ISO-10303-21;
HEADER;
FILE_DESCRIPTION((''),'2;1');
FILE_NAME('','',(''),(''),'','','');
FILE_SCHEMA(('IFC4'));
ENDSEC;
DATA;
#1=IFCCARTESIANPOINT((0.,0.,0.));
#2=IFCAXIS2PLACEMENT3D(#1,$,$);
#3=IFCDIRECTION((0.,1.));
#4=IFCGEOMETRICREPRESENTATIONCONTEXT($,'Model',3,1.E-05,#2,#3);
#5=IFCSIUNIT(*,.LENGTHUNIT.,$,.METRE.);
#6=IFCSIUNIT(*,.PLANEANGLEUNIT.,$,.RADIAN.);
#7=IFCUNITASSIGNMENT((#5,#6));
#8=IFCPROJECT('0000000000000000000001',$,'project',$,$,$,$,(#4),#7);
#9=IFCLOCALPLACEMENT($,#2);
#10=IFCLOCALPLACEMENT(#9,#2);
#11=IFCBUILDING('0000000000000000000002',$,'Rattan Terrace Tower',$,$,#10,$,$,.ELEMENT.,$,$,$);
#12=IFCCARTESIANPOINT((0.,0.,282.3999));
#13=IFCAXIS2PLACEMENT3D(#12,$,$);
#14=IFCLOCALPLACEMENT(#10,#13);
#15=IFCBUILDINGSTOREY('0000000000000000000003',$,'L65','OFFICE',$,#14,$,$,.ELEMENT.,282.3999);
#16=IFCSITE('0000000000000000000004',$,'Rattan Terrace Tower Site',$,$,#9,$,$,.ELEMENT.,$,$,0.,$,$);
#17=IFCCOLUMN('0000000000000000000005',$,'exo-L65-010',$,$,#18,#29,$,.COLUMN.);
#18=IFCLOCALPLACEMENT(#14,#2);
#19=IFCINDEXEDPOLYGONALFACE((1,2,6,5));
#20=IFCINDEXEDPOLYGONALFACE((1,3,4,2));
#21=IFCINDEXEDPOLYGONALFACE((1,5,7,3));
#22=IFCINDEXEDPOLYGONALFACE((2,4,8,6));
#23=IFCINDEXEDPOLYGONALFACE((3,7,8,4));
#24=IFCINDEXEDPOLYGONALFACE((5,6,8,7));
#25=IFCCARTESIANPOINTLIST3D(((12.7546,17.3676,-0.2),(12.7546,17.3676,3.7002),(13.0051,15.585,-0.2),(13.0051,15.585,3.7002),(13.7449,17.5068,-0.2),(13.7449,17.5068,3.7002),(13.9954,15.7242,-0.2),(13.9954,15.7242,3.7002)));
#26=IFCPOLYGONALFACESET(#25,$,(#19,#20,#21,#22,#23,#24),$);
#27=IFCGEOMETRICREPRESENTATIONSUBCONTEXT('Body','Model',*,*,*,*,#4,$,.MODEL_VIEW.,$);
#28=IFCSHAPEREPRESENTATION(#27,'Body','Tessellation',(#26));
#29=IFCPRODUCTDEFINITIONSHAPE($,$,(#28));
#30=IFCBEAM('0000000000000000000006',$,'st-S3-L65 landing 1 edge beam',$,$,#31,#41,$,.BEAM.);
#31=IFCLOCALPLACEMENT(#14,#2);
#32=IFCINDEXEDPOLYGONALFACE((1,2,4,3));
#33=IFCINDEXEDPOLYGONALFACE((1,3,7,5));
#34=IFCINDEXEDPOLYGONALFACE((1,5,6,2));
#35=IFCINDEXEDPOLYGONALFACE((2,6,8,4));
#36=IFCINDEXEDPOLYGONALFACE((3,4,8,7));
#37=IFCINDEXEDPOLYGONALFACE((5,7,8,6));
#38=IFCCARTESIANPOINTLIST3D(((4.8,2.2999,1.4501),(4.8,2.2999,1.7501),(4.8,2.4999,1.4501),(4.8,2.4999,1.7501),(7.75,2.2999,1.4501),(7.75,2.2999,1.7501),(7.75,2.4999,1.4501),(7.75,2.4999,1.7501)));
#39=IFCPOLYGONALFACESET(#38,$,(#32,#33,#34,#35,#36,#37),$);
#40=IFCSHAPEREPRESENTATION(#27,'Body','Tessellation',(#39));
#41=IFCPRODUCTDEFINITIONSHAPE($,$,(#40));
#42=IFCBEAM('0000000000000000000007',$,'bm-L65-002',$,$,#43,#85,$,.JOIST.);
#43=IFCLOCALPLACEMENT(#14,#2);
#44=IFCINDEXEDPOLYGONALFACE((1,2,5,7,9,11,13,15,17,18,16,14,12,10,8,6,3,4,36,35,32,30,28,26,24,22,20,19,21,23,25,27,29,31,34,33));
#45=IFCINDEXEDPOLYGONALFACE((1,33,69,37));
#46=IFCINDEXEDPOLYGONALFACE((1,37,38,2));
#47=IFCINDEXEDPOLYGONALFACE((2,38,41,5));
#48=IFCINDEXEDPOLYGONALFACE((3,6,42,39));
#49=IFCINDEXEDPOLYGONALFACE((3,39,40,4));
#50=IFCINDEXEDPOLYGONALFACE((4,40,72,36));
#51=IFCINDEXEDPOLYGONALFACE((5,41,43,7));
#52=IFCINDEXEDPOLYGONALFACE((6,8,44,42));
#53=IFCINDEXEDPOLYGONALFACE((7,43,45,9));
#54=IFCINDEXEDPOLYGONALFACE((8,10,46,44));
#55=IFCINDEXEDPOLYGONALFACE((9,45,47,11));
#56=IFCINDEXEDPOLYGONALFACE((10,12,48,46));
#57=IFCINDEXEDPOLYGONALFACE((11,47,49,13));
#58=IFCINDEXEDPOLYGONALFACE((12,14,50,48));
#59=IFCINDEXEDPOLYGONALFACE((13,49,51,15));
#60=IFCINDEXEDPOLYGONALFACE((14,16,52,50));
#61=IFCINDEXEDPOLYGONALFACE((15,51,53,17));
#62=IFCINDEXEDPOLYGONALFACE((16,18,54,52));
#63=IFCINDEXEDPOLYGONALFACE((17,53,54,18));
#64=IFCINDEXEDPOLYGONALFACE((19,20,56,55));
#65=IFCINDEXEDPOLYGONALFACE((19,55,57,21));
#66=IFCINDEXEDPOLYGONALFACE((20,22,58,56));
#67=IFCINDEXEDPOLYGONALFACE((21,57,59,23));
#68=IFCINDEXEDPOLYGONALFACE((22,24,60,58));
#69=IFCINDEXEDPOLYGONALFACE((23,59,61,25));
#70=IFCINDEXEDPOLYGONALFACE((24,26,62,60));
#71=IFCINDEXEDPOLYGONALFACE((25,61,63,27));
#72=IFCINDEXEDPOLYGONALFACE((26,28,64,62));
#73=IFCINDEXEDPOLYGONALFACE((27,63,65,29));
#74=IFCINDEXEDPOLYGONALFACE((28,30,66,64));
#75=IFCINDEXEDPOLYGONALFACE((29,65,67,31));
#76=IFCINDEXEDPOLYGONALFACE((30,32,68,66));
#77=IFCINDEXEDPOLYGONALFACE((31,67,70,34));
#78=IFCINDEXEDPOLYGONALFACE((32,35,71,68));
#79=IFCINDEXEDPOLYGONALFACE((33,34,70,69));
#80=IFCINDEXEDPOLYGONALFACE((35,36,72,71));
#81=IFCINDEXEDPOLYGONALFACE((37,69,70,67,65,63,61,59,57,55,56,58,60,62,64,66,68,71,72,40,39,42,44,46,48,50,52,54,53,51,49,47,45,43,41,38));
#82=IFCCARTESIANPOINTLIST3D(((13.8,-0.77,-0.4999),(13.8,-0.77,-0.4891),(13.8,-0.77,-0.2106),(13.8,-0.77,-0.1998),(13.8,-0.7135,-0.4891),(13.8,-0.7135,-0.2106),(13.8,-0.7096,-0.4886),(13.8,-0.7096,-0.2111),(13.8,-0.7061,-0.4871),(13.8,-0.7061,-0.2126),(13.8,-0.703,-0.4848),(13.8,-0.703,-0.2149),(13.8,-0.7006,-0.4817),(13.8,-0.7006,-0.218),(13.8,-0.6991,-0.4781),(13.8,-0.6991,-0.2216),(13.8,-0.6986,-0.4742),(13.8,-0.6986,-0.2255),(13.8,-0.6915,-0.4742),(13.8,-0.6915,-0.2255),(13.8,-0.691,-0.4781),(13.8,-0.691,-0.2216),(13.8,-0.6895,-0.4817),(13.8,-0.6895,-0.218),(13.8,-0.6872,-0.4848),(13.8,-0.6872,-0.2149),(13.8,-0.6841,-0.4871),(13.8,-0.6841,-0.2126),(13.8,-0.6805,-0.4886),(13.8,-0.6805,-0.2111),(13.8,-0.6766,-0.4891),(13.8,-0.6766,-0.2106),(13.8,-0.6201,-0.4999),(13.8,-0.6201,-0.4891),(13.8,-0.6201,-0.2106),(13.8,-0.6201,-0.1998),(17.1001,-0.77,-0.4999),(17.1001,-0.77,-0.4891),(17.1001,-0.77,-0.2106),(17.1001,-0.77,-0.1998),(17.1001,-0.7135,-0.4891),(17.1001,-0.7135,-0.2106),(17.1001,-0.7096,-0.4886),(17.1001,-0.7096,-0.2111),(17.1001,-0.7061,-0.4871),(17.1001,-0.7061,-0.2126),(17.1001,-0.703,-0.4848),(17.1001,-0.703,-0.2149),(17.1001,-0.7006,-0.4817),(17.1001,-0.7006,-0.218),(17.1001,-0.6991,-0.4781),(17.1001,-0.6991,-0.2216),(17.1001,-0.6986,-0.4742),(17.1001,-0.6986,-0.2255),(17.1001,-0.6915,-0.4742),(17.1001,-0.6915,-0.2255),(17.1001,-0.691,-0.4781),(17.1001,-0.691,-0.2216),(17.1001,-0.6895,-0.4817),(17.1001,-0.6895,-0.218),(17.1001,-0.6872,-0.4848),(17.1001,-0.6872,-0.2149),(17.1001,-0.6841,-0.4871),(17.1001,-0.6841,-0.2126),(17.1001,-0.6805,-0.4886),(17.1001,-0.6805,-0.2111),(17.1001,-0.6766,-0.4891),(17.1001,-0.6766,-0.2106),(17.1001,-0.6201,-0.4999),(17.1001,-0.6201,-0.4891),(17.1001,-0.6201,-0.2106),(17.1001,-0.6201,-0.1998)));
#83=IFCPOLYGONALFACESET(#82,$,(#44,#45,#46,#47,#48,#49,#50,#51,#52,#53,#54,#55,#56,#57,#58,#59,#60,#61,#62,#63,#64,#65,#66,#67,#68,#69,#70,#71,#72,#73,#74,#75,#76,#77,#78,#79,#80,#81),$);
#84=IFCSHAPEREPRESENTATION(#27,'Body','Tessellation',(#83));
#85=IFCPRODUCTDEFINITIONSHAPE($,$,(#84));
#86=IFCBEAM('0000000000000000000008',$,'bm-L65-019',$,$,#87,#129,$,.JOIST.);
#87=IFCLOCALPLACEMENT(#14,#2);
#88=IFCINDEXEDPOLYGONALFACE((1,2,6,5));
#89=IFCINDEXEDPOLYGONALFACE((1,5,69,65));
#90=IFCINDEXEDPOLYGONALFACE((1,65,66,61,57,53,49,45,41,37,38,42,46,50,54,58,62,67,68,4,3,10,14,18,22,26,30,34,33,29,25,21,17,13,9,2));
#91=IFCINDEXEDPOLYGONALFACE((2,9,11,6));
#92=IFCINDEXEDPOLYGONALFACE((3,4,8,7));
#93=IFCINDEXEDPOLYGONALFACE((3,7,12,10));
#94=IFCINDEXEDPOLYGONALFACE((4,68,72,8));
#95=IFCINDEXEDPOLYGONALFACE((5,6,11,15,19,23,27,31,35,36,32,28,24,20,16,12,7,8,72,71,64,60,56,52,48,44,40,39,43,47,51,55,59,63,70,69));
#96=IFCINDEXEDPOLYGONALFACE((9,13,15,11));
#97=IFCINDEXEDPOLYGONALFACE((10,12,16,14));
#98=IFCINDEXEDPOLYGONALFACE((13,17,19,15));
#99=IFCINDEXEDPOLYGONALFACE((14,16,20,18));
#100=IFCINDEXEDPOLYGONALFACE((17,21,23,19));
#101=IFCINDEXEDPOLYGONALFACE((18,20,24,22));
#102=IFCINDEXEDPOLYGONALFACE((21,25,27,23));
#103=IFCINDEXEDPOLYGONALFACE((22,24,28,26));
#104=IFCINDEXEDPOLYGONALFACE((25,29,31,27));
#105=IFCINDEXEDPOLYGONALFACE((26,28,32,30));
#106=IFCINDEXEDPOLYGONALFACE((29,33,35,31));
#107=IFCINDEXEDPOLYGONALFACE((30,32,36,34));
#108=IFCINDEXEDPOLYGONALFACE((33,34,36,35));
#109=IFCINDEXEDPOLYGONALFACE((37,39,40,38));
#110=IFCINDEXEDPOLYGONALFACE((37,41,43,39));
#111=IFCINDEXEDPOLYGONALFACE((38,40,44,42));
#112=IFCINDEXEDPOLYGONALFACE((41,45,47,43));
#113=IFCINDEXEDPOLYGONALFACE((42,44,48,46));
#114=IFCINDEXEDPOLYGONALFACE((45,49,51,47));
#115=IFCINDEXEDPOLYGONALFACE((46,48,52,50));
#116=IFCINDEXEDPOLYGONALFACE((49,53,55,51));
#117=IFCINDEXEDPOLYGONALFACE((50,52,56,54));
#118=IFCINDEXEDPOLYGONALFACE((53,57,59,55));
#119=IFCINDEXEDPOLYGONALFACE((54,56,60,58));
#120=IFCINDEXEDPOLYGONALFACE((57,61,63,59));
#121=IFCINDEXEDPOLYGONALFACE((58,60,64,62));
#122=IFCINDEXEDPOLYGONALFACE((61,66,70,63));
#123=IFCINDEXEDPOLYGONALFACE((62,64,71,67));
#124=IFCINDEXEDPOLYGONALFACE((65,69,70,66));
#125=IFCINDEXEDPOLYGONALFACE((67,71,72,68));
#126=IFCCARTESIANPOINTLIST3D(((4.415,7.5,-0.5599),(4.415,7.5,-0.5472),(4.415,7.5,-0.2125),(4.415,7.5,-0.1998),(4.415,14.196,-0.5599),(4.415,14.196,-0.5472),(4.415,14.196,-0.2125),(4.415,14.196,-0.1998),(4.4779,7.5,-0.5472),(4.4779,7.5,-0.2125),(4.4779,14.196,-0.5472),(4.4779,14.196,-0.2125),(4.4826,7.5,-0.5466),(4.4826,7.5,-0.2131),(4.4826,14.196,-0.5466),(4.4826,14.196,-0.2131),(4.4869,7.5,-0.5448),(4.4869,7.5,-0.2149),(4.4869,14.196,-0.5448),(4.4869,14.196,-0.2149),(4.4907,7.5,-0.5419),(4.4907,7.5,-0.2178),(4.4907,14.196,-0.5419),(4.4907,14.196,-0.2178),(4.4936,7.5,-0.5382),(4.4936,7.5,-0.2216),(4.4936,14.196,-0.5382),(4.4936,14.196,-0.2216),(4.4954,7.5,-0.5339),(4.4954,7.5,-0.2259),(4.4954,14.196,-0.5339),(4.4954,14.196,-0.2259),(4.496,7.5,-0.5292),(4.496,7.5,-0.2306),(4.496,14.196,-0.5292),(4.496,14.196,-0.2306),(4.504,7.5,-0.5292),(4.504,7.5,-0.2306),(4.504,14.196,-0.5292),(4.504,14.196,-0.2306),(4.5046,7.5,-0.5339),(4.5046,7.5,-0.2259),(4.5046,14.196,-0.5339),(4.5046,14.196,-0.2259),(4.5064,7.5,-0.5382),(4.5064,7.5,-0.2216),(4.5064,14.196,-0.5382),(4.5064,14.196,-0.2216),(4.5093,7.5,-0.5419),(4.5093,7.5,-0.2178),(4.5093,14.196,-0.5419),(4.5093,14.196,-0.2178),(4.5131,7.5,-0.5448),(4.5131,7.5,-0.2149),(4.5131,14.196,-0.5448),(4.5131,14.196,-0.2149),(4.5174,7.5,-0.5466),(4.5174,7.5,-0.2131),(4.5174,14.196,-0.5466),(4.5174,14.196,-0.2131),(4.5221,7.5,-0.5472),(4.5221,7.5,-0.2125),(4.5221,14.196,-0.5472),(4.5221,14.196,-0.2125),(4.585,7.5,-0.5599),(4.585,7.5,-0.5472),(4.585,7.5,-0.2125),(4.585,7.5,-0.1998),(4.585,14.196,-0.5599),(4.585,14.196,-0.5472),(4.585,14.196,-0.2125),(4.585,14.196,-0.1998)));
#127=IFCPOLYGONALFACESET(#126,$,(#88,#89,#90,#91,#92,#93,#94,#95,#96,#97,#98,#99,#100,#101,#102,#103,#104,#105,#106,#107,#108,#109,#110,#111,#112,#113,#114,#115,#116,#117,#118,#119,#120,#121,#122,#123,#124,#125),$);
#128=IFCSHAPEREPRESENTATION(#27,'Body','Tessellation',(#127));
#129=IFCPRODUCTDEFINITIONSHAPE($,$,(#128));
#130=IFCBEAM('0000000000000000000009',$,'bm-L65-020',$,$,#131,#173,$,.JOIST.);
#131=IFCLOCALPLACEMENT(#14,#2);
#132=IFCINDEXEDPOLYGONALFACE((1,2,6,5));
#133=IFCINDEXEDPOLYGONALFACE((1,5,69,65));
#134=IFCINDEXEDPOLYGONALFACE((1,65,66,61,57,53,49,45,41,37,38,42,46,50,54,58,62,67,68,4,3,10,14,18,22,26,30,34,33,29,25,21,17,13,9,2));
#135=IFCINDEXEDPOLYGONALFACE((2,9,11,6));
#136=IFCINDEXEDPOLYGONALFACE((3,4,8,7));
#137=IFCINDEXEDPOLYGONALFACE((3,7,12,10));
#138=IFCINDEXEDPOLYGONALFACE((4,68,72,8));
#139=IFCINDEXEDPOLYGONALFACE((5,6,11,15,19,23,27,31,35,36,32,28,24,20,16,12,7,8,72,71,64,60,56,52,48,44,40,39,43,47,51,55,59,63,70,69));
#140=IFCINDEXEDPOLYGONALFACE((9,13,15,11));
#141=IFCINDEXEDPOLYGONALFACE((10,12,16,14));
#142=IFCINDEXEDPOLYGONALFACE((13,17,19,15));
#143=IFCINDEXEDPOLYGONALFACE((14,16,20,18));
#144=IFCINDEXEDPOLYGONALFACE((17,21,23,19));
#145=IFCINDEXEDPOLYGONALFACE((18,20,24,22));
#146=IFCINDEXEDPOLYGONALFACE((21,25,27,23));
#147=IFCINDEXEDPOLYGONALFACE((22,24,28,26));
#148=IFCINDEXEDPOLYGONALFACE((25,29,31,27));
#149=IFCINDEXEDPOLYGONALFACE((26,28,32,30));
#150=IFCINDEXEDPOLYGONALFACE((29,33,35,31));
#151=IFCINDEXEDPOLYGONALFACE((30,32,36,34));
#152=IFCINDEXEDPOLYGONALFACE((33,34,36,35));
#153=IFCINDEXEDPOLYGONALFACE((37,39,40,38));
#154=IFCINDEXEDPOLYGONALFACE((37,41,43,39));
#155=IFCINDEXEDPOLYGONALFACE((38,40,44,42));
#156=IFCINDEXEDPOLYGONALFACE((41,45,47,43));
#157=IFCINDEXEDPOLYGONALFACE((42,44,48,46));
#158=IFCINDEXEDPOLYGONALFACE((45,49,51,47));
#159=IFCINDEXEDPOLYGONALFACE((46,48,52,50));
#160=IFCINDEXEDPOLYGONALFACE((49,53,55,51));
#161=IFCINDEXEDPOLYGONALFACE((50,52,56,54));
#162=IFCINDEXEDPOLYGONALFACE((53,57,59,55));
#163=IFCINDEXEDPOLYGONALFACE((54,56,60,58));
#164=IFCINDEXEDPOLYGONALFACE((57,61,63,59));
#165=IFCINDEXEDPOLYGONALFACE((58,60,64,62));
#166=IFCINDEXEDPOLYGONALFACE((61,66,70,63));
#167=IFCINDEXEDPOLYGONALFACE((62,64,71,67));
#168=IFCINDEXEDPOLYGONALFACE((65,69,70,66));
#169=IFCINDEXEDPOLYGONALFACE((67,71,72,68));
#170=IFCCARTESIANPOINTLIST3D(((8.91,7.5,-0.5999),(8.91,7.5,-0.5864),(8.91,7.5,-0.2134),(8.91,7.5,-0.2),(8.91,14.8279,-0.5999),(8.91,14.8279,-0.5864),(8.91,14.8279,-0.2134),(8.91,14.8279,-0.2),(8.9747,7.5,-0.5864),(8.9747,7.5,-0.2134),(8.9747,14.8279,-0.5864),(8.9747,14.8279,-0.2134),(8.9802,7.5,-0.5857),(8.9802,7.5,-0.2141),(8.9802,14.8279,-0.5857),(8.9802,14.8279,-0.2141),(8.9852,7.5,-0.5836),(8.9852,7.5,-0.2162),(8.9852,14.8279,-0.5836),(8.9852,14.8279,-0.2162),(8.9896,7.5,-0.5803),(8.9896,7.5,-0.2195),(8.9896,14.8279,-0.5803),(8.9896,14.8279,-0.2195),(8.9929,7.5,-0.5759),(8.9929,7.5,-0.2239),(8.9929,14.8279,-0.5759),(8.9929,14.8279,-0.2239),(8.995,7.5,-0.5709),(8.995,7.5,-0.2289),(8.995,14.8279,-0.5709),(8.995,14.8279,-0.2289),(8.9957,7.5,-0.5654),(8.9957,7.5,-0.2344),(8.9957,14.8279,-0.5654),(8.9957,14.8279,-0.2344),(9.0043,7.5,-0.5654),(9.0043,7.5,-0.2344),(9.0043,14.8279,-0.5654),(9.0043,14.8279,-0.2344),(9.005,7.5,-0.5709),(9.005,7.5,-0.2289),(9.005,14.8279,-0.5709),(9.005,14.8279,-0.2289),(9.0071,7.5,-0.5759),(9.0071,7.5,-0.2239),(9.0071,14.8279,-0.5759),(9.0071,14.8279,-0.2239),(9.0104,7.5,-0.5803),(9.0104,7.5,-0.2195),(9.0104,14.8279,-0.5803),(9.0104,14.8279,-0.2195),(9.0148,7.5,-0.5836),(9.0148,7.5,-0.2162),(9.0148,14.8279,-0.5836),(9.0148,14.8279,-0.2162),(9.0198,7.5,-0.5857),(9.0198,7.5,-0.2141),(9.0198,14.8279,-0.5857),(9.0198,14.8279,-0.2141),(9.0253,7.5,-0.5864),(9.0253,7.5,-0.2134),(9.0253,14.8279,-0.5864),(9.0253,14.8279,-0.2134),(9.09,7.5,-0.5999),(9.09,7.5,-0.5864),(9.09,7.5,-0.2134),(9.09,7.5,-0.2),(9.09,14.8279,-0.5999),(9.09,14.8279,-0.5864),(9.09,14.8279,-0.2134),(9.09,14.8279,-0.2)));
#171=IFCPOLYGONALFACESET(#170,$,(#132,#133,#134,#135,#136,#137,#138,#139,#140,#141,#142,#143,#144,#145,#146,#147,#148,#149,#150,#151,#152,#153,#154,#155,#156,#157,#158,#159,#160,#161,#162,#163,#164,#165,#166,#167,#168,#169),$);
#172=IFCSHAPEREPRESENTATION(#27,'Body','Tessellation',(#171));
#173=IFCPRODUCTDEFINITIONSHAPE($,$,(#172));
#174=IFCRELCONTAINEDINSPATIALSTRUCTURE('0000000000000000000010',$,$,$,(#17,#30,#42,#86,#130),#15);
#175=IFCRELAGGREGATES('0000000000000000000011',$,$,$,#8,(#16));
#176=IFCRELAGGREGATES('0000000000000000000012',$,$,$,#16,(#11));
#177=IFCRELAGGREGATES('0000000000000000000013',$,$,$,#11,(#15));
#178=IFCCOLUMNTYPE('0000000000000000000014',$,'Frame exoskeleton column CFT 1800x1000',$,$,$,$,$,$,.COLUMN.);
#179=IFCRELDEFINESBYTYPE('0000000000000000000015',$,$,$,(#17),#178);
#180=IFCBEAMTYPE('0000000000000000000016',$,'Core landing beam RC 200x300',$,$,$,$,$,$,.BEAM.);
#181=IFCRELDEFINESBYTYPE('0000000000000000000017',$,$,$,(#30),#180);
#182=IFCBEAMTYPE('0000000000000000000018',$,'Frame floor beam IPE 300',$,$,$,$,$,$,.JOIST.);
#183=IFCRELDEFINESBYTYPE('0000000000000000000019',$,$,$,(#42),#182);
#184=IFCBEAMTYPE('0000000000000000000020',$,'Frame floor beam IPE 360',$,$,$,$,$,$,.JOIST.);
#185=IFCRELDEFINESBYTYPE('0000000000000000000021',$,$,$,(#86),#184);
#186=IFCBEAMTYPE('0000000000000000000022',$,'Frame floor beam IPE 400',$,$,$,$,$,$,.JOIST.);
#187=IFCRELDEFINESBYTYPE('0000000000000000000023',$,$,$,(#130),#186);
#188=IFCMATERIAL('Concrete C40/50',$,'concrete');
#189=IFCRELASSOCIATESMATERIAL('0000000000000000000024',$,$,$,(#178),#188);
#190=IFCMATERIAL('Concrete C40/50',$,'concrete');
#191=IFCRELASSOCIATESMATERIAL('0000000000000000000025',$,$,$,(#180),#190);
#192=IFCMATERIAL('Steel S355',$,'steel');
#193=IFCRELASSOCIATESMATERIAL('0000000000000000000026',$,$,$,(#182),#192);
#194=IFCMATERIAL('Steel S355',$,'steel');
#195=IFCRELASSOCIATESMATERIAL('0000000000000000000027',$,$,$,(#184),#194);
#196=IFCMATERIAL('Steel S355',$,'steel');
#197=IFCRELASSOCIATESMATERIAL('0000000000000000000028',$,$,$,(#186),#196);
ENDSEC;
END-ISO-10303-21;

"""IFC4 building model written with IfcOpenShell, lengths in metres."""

from ifc_helpers import new_model, si_unit, direction, frame, origin, origin_2d, place, context, subcontext, project, spatial, rectangle, i_section, extrude, material, material_profile, profile_set, type_object, element, save


model = new_model("IFC4")

# Units and contexts
model_context = context("Model", 3, precision=1e-05, world=origin(), true_north=direction((0.0, 1.0)))
body_context = subcontext(model_context, "Body", "Model", "MODEL_VIEW")
ifc_project = project(units=[si_unit("LENGTHUNIT", "METRE"), si_unit("PLANEANGLEUNIT", "RADIAN")], contexts=[model_context])

# Site, building, storey
site_placement = place(None, origin())
site = spatial("IfcSite", under=ifc_project, at=site_placement, Name="Rattan Terrace Tower Site", CompositionType="ELEMENT", RefElevation=0.0)
building_placement = place(site_placement, origin())
building = spatial("IfcBuilding", under=site, at=building_placement, Name="Rattan Terrace Tower", CompositionType="ELEMENT")
storey_placement = place(building_placement, frame((0.0, 0.0, 282.3999)))
storey = spatial("IfcBuildingStorey", under=building, at=storey_placement, Name="L65", Description="OFFICE", CompositionType="ELEMENT", Elevation=282.3999)

# Column
ifc_material_1 = material(Name="Concrete C40/50", Category="concrete")
ifc_material_profile_1 = material_profile(ifc_material_1, rectangle(XDim=1.0, YDim=1.8, at=origin_2d()), Name="CFT 1800x1000")
ifc_profile_set_1 = profile_set([ifc_material_profile_1], Name="Concrete C40/50")
column_type = type_object("IfcColumnType", Name="Frame exoskeleton column CFT 1800x1000", PredefinedType="COLUMN", material=ifc_profile_set_1)
column_placement = place(storey_placement, frame((13.375, 16.5459, -0.2), z_axis=(0.0, 0.0, 1.0), x_axis=(0.990266, 0.13919, 0.0)))
element("IfcColumn", 1, at=column_placement, inside=storey, type_object=column_type, Name="exo-L65-010", PredefinedType="COLUMN", context=body_context, shape_type="SweptSolid", body=[
    extrude(rectangle(XDim=1.0, YDim=1.8, at=origin_2d()), origin(), (0.0, 0.0, 1.0), 3.9001),
])

# Beams
ifc_material_2 = material(Name="Concrete C40/50", Category="concrete")
ifc_material_profile_2 = material_profile(ifc_material_2, rectangle(XDim=0.2, YDim=0.3, at=origin_2d()), Name="RC 200x300")
ifc_profile_set_2 = profile_set([ifc_material_profile_2], Name="Concrete C40/50")
beam_type_1 = type_object("IfcBeamType", Name="Core landing beam RC 200x300", PredefinedType="BEAM", material=ifc_profile_set_2)
beam_1_placement = place(storey_placement, frame((4.8, 2.3999, 1.6001), z_axis=(1.0, 0.0, 0.0), x_axis=(0.0, 1.0, 0.0)))
element("IfcBeam", 2, at=beam_1_placement, inside=storey, type_object=beam_type_1, Name="st-S3-L65 landing 1 edge beam", PredefinedType="BEAM", context=body_context, shape_type="SweptSolid", body=[
    extrude(rectangle(XDim=0.2, YDim=0.3, at=origin_2d()), origin(), (0.0, 0.0, 1.0), 2.95),
])
ifc_material_3 = material(Name="Steel S355", Category="steel")
ifc_material_profile_3 = material_profile(ifc_material_3, i_section(OverallWidth=0.1499, OverallDepth=0.3, WebThickness=0.0071, FlangeThickness=0.0107, FilletRadius=0.0149, at=origin_2d()), Name="IPE 300")
ifc_profile_set_3 = profile_set([ifc_material_profile_3], Name="Steel S355")
beam_type_2 = type_object("IfcBeamType", Name="Frame floor beam IPE 300", PredefinedType="JOIST", material=ifc_profile_set_3)
beam_2_placement = place(storey_placement, frame((13.8, -0.6951, -0.3499), z_axis=(1.0, 0.0, 0.0), x_axis=(0.0, 1.0, 0.0)))
element("IfcBeam", 3, at=beam_2_placement, inside=storey, type_object=beam_type_2, Name="bm-L65-002", PredefinedType="JOIST", context=body_context, shape_type="SweptSolid", body=[
    extrude(i_section(OverallWidth=0.1499, OverallDepth=0.3, WebThickness=0.0071, FlangeThickness=0.0107, FilletRadius=0.0149, at=origin_2d()), origin(), (0.0, 0.0, 1.0), 3.3),
])
ifc_material_4 = material(Name="Steel S355", Category="steel")
ifc_material_profile_4 = material_profile(ifc_material_4, i_section(OverallWidth=0.1699, OverallDepth=0.3601, WebThickness=0.0081, FlangeThickness=0.0127, FilletRadius=0.0181, at=origin_2d()), Name="IPE 360")
ifc_profile_set_4 = profile_set([ifc_material_profile_4], Name="Steel S355")
beam_type_3 = type_object("IfcBeamType", Name="Frame floor beam IPE 360", PredefinedType="JOIST", material=ifc_profile_set_4)
beam_3_placement = place(storey_placement, frame((4.5, 7.5, -0.3799), z_axis=(0.0, 1.0, 0.0), x_axis=(-1.0, 0.0, 0.0)))
element("IfcBeam", 4, at=beam_3_placement, inside=storey, type_object=beam_type_3, Name="bm-L65-019", PredefinedType="JOIST", context=body_context, shape_type="SweptSolid", body=[
    extrude(i_section(OverallWidth=0.1699, OverallDepth=0.3601, WebThickness=0.0081, FlangeThickness=0.0127, FilletRadius=0.0181, at=origin_2d()), origin(), (0.0, 0.0, 1.0), 6.696),
])
ifc_material_5 = material(Name="Steel S355", Category="steel")
ifc_material_profile_5 = material_profile(ifc_material_5, i_section(OverallWidth=0.1799, OverallDepth=0.3999, WebThickness=0.0085, FlangeThickness=0.0134, FilletRadius=0.021, at=origin_2d()), Name="IPE 400")
ifc_profile_set_5 = profile_set([ifc_material_profile_5], Name="Steel S355")
beam_type_4 = type_object("IfcBeamType", Name="Frame floor beam IPE 400", PredefinedType="JOIST", material=ifc_profile_set_5)
beam_4_placement = place(storey_placement, frame((9.0, 7.5, -0.3999), z_axis=(0.0, 1.0, 0.0), x_axis=(-1.0, 0.0, 0.0)))
element("IfcBeam", 5, at=beam_4_placement, inside=storey, type_object=beam_type_4, Name="bm-L65-020", PredefinedType="JOIST", context=body_context, shape_type="SweptSolid", body=[
    extrude(i_section(OverallWidth=0.1799, OverallDepth=0.3999, WebThickness=0.0085, FlangeThickness=0.0134, FilletRadius=0.021, at=origin_2d()), origin(), (0.0, 0.0, 1.0), 7.3279),
])

save(model, "model.ifc")
